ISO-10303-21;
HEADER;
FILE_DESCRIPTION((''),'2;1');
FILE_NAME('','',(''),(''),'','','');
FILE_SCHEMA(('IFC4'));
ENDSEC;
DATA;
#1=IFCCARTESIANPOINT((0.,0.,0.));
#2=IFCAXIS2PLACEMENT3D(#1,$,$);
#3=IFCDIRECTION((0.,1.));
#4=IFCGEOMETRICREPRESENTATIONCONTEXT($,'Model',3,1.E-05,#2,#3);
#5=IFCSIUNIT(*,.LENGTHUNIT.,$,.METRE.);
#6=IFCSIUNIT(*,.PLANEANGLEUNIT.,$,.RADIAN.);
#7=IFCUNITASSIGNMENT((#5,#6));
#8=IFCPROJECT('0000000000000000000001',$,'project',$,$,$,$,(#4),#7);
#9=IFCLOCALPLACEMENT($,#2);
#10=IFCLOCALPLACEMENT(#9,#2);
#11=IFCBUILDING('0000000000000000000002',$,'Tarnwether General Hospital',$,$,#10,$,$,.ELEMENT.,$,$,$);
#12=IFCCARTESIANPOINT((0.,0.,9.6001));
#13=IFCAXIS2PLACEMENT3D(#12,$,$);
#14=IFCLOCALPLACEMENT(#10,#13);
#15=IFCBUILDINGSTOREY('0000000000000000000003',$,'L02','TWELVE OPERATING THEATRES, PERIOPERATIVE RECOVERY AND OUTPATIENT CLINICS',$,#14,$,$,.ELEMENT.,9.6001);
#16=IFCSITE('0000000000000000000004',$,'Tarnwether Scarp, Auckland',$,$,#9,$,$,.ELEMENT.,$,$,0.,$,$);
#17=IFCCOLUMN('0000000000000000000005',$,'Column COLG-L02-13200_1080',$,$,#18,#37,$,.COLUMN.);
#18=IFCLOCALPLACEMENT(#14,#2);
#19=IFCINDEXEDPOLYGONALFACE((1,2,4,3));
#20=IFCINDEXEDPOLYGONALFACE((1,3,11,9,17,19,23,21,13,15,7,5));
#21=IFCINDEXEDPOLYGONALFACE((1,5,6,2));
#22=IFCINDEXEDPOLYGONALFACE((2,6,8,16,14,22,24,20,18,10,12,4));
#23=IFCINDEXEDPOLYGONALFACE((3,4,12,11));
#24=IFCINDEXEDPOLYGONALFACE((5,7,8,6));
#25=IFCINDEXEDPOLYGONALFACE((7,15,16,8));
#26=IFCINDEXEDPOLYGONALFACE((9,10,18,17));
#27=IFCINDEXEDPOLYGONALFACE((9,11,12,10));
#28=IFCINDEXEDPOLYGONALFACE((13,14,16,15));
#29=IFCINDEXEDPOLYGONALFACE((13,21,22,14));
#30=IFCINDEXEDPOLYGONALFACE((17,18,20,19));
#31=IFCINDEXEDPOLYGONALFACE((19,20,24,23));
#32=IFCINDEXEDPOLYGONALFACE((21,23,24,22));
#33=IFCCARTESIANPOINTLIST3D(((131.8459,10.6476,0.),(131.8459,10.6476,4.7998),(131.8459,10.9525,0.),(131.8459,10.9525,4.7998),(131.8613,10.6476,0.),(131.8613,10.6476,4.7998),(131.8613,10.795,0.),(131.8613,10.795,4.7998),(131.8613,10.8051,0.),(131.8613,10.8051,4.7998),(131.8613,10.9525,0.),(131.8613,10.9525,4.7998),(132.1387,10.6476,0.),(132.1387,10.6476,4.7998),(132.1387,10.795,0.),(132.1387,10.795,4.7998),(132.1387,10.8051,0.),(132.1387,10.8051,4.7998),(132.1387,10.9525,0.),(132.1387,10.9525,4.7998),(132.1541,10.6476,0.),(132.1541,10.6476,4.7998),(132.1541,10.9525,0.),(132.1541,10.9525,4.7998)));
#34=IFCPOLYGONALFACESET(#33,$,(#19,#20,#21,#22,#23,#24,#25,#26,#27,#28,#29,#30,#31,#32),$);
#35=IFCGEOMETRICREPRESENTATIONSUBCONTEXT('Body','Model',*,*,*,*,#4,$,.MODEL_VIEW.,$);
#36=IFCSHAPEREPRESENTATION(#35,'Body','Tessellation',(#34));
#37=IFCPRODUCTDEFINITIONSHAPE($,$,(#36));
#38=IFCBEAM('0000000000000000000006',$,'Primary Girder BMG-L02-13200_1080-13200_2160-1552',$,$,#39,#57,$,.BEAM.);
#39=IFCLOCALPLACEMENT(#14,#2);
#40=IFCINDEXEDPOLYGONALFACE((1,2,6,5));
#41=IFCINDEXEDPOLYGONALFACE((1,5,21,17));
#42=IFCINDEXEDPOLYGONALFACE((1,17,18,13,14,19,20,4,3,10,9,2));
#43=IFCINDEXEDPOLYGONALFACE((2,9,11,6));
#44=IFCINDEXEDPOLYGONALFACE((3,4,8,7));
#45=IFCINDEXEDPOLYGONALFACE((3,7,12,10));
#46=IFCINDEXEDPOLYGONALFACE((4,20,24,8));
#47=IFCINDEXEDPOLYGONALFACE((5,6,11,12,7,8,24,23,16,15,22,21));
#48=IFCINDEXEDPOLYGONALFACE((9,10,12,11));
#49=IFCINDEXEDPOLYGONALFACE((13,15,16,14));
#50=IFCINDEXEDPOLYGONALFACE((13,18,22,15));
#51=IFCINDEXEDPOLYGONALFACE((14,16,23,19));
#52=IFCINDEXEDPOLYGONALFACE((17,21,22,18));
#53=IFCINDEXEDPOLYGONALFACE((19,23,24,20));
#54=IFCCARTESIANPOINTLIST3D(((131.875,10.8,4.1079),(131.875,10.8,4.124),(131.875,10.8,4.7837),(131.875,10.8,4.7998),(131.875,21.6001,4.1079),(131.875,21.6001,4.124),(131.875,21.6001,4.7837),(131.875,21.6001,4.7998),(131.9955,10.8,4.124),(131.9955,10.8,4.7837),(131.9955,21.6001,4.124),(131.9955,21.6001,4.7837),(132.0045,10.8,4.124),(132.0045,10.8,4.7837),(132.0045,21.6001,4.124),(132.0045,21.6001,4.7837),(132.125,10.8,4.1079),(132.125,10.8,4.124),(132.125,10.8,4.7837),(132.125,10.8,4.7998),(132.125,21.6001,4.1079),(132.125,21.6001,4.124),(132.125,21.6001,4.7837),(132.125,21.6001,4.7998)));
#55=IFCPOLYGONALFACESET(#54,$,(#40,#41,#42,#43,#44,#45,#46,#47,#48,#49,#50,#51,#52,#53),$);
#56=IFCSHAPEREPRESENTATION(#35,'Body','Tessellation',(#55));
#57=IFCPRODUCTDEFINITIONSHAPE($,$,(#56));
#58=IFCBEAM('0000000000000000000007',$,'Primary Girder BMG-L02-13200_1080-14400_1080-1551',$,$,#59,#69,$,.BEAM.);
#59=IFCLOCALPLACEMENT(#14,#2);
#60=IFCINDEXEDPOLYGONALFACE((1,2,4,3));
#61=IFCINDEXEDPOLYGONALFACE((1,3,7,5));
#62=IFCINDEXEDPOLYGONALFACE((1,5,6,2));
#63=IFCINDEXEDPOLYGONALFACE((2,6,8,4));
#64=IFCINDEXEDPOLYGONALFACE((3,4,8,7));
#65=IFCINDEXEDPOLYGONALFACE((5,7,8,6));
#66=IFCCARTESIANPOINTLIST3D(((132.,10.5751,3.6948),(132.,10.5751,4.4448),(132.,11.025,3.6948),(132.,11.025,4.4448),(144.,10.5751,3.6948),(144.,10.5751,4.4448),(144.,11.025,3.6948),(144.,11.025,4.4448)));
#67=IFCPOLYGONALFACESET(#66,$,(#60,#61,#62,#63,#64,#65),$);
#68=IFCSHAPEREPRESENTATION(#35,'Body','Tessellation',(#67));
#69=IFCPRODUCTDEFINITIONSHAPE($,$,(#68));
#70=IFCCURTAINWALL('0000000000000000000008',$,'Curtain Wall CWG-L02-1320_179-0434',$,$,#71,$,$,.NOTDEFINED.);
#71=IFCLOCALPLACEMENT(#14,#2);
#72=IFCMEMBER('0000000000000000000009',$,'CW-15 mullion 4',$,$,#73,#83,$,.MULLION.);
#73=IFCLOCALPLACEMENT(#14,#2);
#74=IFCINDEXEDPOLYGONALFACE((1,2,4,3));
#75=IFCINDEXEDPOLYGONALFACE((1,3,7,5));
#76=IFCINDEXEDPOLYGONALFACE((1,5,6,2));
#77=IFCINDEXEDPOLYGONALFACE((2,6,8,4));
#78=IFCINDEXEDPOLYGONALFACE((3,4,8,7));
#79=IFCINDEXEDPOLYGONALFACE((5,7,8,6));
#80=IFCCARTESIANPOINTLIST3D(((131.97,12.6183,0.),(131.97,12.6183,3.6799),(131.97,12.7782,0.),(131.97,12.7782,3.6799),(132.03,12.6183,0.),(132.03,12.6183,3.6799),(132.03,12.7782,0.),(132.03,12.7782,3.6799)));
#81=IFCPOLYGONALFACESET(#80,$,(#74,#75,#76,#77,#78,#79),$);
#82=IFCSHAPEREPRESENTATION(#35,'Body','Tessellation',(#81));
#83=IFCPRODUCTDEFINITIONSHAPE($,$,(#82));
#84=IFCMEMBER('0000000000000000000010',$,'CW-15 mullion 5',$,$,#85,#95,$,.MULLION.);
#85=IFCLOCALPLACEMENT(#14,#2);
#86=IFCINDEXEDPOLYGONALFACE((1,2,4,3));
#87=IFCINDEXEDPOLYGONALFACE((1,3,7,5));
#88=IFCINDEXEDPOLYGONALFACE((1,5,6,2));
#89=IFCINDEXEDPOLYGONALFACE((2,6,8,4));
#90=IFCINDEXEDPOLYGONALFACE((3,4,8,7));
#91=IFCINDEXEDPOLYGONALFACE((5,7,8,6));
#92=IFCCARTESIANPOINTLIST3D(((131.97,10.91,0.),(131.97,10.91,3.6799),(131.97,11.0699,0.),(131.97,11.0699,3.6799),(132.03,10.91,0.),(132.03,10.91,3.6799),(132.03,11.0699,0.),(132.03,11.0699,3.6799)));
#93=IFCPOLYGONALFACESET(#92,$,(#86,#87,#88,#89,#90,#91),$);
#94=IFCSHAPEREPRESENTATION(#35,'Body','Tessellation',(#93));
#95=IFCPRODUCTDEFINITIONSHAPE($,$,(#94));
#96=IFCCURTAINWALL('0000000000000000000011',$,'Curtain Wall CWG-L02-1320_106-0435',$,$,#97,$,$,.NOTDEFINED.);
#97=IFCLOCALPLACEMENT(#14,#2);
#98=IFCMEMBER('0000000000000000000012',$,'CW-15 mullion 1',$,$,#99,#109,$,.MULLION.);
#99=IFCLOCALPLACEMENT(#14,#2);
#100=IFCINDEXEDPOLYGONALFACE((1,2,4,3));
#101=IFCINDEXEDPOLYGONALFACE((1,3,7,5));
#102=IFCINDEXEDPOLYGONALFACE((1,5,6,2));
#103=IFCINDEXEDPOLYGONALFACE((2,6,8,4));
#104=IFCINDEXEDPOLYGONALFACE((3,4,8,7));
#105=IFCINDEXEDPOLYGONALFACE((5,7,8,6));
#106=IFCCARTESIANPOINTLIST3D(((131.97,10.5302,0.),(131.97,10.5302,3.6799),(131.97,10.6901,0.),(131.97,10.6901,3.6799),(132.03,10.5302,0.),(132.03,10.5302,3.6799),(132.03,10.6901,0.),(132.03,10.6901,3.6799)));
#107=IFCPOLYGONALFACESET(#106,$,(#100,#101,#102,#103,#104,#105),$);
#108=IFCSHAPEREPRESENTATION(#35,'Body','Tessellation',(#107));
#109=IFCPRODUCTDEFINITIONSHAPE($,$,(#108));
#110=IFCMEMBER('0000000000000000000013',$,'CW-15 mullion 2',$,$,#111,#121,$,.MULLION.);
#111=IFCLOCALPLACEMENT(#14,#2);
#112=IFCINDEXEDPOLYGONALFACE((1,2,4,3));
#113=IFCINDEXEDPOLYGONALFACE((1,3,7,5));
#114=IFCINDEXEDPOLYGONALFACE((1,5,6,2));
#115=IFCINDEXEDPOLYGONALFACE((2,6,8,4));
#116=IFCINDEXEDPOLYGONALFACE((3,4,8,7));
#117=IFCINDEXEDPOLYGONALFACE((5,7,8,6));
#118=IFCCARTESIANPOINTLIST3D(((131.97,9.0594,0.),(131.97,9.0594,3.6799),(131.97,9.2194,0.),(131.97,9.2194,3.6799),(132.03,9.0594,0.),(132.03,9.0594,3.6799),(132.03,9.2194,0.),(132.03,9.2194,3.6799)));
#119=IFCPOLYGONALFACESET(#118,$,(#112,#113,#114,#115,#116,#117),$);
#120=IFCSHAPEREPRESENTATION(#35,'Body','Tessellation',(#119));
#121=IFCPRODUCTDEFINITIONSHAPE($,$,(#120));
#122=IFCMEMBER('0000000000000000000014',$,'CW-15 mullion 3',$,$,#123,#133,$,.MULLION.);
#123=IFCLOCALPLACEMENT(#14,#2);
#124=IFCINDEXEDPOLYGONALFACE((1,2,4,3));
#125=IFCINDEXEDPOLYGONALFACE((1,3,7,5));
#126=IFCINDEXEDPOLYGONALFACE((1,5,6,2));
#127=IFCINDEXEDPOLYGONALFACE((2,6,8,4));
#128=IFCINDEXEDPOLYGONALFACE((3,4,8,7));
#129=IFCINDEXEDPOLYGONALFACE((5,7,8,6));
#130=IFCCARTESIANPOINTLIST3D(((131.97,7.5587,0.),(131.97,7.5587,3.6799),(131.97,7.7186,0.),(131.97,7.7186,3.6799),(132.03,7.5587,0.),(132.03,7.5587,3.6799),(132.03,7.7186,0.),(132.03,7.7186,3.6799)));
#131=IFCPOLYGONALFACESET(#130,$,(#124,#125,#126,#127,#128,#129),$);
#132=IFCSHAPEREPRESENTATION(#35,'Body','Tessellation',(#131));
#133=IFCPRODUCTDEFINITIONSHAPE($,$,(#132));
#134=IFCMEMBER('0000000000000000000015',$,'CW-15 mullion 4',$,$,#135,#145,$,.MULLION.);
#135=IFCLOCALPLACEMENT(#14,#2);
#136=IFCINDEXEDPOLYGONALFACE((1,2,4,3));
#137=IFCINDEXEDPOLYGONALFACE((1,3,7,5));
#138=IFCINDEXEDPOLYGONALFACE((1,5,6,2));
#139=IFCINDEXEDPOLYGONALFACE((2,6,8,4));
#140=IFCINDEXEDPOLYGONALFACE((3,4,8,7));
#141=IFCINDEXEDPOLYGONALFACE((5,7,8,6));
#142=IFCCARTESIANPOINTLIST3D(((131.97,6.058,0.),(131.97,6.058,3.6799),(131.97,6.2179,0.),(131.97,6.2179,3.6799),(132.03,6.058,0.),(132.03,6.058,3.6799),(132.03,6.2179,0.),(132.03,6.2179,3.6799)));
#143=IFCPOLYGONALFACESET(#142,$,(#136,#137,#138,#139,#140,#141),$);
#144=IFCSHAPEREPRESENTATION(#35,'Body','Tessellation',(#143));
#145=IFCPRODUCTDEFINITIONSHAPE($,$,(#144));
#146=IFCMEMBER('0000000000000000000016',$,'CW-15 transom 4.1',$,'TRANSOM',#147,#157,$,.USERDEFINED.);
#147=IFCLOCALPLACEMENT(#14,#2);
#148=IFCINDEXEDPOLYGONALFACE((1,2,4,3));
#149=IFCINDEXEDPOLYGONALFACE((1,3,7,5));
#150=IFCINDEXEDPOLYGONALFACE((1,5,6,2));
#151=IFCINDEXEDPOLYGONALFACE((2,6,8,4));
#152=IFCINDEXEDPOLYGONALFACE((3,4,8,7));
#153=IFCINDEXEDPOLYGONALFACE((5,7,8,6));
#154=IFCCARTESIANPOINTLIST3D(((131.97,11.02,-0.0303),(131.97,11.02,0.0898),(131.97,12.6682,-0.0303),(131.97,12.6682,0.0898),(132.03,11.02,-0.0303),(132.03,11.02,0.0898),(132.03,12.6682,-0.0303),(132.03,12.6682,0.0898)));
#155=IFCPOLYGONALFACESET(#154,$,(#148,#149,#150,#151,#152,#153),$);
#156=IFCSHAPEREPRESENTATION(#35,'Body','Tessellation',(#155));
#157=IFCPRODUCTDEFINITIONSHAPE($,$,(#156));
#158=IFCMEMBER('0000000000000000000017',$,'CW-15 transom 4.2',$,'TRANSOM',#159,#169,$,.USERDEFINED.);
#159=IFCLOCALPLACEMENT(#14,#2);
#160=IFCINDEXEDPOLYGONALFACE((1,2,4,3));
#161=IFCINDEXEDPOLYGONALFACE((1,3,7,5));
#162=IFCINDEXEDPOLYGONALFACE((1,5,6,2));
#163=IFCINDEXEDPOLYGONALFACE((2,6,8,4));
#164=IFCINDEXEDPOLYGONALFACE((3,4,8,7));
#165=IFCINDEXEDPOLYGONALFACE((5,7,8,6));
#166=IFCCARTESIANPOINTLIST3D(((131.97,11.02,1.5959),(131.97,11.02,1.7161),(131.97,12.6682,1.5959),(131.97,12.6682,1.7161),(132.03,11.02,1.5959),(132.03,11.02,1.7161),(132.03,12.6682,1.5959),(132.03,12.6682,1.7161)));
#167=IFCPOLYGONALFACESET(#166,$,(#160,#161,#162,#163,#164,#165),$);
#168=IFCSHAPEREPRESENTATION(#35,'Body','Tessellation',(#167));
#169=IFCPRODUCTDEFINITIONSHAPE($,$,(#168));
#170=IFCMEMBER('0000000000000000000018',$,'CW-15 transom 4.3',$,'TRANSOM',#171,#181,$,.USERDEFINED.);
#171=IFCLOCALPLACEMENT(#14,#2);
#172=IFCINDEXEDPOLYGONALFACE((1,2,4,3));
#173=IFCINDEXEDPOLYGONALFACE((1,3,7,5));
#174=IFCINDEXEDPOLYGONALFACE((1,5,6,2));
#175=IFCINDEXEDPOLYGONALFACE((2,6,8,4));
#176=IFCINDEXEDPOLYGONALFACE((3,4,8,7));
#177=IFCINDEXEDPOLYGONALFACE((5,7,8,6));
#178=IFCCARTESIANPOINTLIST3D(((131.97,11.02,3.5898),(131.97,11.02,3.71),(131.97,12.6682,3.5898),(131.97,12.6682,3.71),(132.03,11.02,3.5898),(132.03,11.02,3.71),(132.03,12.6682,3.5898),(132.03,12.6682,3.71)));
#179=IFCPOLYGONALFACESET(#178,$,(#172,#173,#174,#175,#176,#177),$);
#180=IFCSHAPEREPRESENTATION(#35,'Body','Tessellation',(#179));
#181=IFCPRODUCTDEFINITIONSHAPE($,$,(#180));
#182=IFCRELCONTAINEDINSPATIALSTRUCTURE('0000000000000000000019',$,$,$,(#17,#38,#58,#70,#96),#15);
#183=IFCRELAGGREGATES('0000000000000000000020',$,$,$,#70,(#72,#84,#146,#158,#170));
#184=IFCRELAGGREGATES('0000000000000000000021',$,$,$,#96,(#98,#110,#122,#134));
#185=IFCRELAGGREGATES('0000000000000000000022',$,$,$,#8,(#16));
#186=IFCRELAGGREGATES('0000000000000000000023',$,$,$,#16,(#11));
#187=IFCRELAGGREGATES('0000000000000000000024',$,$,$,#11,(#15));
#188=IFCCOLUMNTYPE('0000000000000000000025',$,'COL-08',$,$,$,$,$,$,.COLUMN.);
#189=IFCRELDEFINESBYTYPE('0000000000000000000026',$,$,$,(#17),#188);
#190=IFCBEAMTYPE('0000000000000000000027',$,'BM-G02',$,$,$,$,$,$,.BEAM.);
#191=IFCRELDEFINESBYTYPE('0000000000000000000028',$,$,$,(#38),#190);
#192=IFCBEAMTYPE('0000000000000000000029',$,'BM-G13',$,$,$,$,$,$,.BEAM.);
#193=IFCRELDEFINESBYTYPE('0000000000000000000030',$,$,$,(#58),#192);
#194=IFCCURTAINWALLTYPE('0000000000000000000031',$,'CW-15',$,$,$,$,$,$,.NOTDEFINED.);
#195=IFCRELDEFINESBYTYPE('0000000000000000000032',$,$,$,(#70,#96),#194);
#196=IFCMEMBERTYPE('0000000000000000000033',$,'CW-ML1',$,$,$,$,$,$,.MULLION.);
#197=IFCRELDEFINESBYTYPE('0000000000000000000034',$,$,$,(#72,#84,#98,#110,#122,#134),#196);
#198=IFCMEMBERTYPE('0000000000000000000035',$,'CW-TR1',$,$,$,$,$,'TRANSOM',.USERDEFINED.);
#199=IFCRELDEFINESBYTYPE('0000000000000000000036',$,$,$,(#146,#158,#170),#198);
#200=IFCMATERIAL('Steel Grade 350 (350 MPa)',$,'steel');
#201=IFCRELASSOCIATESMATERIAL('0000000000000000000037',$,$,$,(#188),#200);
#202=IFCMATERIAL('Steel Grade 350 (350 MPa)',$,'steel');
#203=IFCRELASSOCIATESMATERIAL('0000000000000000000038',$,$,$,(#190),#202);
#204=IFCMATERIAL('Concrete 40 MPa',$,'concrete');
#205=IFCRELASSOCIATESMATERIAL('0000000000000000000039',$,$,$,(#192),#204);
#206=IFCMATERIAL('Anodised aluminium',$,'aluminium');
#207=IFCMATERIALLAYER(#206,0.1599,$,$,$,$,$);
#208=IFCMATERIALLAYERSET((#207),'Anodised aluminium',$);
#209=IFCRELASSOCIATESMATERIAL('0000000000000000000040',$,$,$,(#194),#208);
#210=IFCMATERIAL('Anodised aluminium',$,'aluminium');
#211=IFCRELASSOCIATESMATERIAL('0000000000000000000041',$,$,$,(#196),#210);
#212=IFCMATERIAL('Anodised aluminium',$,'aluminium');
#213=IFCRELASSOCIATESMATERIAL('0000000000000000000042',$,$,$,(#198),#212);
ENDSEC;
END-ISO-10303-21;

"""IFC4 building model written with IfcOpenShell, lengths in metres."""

from ifc_helpers import new_model, si_unit, direction, frame, origin, origin_2d, place, context, subcontext, project, spatial, rectangle, i_section, extrude, material, layer, layer_set, material_profile, profile_set, type_object, element, aggregate, save


model = new_model("IFC4")

# Units and contexts
model_context = context("Model", 3, precision=1e-05, world=origin(), true_north=direction((0.0, 1.0)))
body_context = subcontext(model_context, "Body", "Model", "MODEL_VIEW")
ifc_project = project(units=[si_unit("LENGTHUNIT", "METRE"), si_unit("PLANEANGLEUNIT", "RADIAN")], contexts=[model_context])

# Site, building, storey
site_placement = place(None, origin())
site = spatial("IfcSite", under=ifc_project, at=site_placement, Name="Tarnwether Scarp, Auckland", CompositionType="ELEMENT", RefElevation=0.0)
building_placement = place(site_placement, origin())
building = spatial("IfcBuilding", under=site, at=building_placement, Name="Tarnwether General Hospital", CompositionType="ELEMENT")
storey_placement = place(building_placement, frame((0.0, 0.0, 9.6001)))
storey = spatial("IfcBuildingStorey", under=building, at=storey_placement, Name="L02", Description="TWELVE OPERATING THEATRES, PERIOPERATIVE RECOVERY AND OUTPATIENT CLINICS", CompositionType="ELEMENT", Elevation=9.6001)

# Column
ifc_material_1 = material(Name="Steel Grade 350 (350 MPa)", Category="steel")
ifc_material_profile_1 = material_profile(ifc_material_1, i_section(OverallWidth=0.3049, OverallDepth=0.3081, WebThickness=0.01, FlangeThickness=0.0154, at=origin_2d()), Name="310UC96.8")
ifc_profile_set_1 = profile_set([ifc_material_profile_1], Name="Steel Grade 350 (350 MPa)")
column_type = type_object("IfcColumnType", Name="COL-08", PredefinedType="COLUMN", material=ifc_profile_set_1)
column_placement = place(storey_placement, frame((132.0, 10.8, 0.0), z_axis=(0.0, 0.0, 1.0), x_axis=(0.0, 1.0, 0.0)))
element("IfcColumn", 1, at=column_placement, inside=storey, type_object=column_type, Name="Column COLG-L02-13200_1080", PredefinedType="COLUMN", context=body_context, shape_type="SweptSolid", body=[
    extrude(i_section(OverallWidth=0.3049, OverallDepth=0.3081, WebThickness=0.01, FlangeThickness=0.0154, at=origin_2d()), origin(), (0.0, 0.0, 1.0), 4.7998),
])

# Beams
ifc_material_2 = material(Name="Steel Grade 350 (350 MPa)", Category="steel")
ifc_material_profile_2 = material_profile(ifc_material_2, i_section(OverallWidth=0.25, OverallDepth=0.6919, WebThickness=0.009, FlangeThickness=0.0161, at=origin_2d()), Name="700WB115")
ifc_profile_set_2 = profile_set([ifc_material_profile_2], Name="Steel Grade 350 (350 MPa)")
beam_type_1 = type_object("IfcBeamType", Name="BM-G02", PredefinedType="BEAM", material=ifc_profile_set_2)
beam_1_placement = place(storey_placement, frame((132.0, 10.8, 4.4539), z_axis=(0.0, 1.0, 0.0), x_axis=(-1.0, 0.0, 0.0)))
element("IfcBeam", 2, at=beam_1_placement, inside=storey, type_object=beam_type_1, Name="Primary Girder BMG-L02-13200_1080-13200_2160-1552", PredefinedType="BEAM", context=body_context, shape_type="SweptSolid", body=[
    extrude(i_section(OverallWidth=0.25, OverallDepth=0.6919, WebThickness=0.009, FlangeThickness=0.0161, at=origin_2d()), origin(), (0.0, 0.0, 1.0), 10.8),
])
ifc_material_3 = material(Name="Concrete 40 MPa", Category="concrete")
ifc_material_profile_3 = material_profile(ifc_material_3, rectangle(XDim=0.45, YDim=0.75, at=origin_2d()), Name="RC-BM-450x750")
ifc_profile_set_3 = profile_set([ifc_material_profile_3], Name="Concrete 40 MPa")
beam_type_2 = type_object("IfcBeamType", Name="BM-G13", PredefinedType="BEAM", material=ifc_profile_set_3)
beam_2_placement = place(storey_placement, frame((132.0, 10.8, 4.0698), z_axis=(1.0, 0.0, 0.0), x_axis=(0.0, 1.0, 0.0)))
element("IfcBeam", 3, at=beam_2_placement, inside=storey, type_object=beam_type_2, Name="Primary Girder BMG-L02-13200_1080-14400_1080-1551", PredefinedType="BEAM", context=body_context, shape_type="SweptSolid", body=[
    extrude(rectangle(XDim=0.45, YDim=0.75, at=origin_2d()), origin(), (0.0, 0.0, 1.0), 12.0),
])

# Curtain walls, members
ifc_material_4 = material(Name="Anodised aluminium", Category="aluminium")
ifc_layer_1 = layer(ifc_material_4, 0.1599)
ifc_layer_set_1 = layer_set([ifc_layer_1], Name="Anodised aluminium")
curtain_wall_type = type_object("IfcCurtainWallType", Name="CW-15", PredefinedType="NOTDEFINED", material=ifc_layer_set_1)
curtain_wall_1_placement = place(storey_placement, origin())
curtain_wall_1 = element("IfcCurtainWall", 4, at=curtain_wall_1_placement, inside=storey, type_object=curtain_wall_type, Name="Curtain Wall CWG-L02-1320_179-0434", PredefinedType="NOTDEFINED")
ifc_material_5 = material(Name="Anodised aluminium", Category="aluminium")
ifc_material_profile_4 = material_profile(ifc_material_5, rectangle(XDim=0.0601, YDim=0.1599, at=origin_2d()), Name="ALU-MUL-60x160")
ifc_profile_set_4 = profile_set([ifc_material_profile_4], Name="Anodised aluminium")
member_type_1 = type_object("IfcMemberType", Name="CW-ML1", PredefinedType="MULLION", material=ifc_profile_set_4)
member_1_placement = place(storey_placement, frame((132.0, 12.6982, 0.0), z_axis=(0.0, 0.0, 1.0), x_axis=(1.0, 0.0, 0.0)))
member_1 = element("IfcMember", 5, at=member_1_placement, type_object=member_type_1, Name="CW-15 mullion 4", PredefinedType="MULLION", context=body_context, shape_type="SweptSolid", body=[
    extrude(rectangle(XDim=0.0601, YDim=0.1599, at=origin_2d()), origin(), (0.0, 0.0, 1.0), 3.6799),
])
member_2_placement = place(storey_placement, frame((132.0, 10.99, 0.0), z_axis=(0.0, 0.0, 1.0), x_axis=(1.0, 0.0, 0.0)))
member_2 = element("IfcMember", 6, at=member_2_placement, type_object=member_type_1, Name="CW-15 mullion 5", PredefinedType="MULLION", context=body_context, shape_type="SweptSolid", body=[
    extrude(rectangle(XDim=0.0601, YDim=0.1599, at=origin_2d()), origin(), (0.0, 0.0, 1.0), 3.6799),
])
curtain_wall_2_placement = place(storey_placement, origin())
curtain_wall_2 = element("IfcCurtainWall", 7, at=curtain_wall_2_placement, inside=storey, type_object=curtain_wall_type, Name="Curtain Wall CWG-L02-1320_106-0435", PredefinedType="NOTDEFINED")
member_3_placement = place(storey_placement, frame((132.0, 10.6101, 0.0), z_axis=(0.0, 0.0, 1.0), x_axis=(1.0, 0.0, 0.0)))
member_3 = element("IfcMember", 8, at=member_3_placement, type_object=member_type_1, Name="CW-15 mullion 1", PredefinedType="MULLION", context=body_context, shape_type="SweptSolid", body=[
    extrude(rectangle(XDim=0.0601, YDim=0.1599, at=origin_2d()), origin(), (0.0, 0.0, 1.0), 3.6799),
])
member_4_placement = place(storey_placement, frame((132.0, 9.1394, 0.0), z_axis=(0.0, 0.0, 1.0), x_axis=(1.0, 0.0, 0.0)))
member_4 = element("IfcMember", 9, at=member_4_placement, type_object=member_type_1, Name="CW-15 mullion 2", PredefinedType="MULLION", context=body_context, shape_type="SweptSolid", body=[
    extrude(rectangle(XDim=0.0601, YDim=0.1599, at=origin_2d()), origin(), (0.0, 0.0, 1.0), 3.6799),
])
member_5_placement = place(storey_placement, frame((132.0, 7.6387, 0.0), z_axis=(0.0, 0.0, 1.0), x_axis=(1.0, 0.0, 0.0)))
member_5 = element("IfcMember", 10, at=member_5_placement, type_object=member_type_1, Name="CW-15 mullion 3", PredefinedType="MULLION", context=body_context, shape_type="SweptSolid", body=[
    extrude(rectangle(XDim=0.0601, YDim=0.1599, at=origin_2d()), origin(), (0.0, 0.0, 1.0), 3.6799),
])
member_6_placement = place(storey_placement, frame((132.0, 6.1379, 0.0), z_axis=(0.0, 0.0, 1.0), x_axis=(1.0, 0.0, 0.0)))
member_6 = element("IfcMember", 11, at=member_6_placement, type_object=member_type_1, Name="CW-15 mullion 4", PredefinedType="MULLION", context=body_context, shape_type="SweptSolid", body=[
    extrude(rectangle(XDim=0.0601, YDim=0.1599, at=origin_2d()), origin(), (0.0, 0.0, 1.0), 3.6799),
])

# Members
ifc_material_6 = material(Name="Anodised aluminium", Category="aluminium")
ifc_material_profile_5 = material_profile(ifc_material_6, rectangle(XDim=0.0601, YDim=0.1201, at=origin_2d()), Name="ALU-TRN-60x120")
ifc_profile_set_5 = profile_set([ifc_material_profile_5], Name="Anodised aluminium")
member_type_2 = type_object("IfcMemberType", Name="CW-TR1", ElementType="TRANSOM", PredefinedType="USERDEFINED", material=ifc_profile_set_5)
member_7_placement = place(storey_placement, frame((132.0, 12.6682, 0.0298), z_axis=(0.0, -1.0, 0.0), x_axis=(1.0, 0.0, 0.0)))
member_7 = element("IfcMember", 12, at=member_7_placement, type_object=member_type_2, Name="CW-15 transom 4.1", ObjectType="TRANSOM", PredefinedType="USERDEFINED", context=body_context, shape_type="SweptSolid", body=[
    extrude(rectangle(XDim=0.0601, YDim=0.1201, at=origin_2d()), origin(), (0.0, 0.0, 1.0), 1.6482),
])
member_8_placement = place(storey_placement, frame((132.0, 12.6682, 1.656), z_axis=(0.0, -1.0, 0.0), x_axis=(1.0, 0.0, 0.0)))
member_8 = element("IfcMember", 13, at=member_8_placement, type_object=member_type_2, Name="CW-15 transom 4.2", ObjectType="TRANSOM", PredefinedType="USERDEFINED", context=body_context, shape_type="SweptSolid", body=[
    extrude(rectangle(XDim=0.0601, YDim=0.1201, at=origin_2d()), origin(), (0.0, 0.0, 1.0), 1.6482),
])
member_9_placement = place(storey_placement, frame((132.0, 12.6682, 3.6499), z_axis=(0.0, -1.0, 0.0), x_axis=(1.0, 0.0, 0.0)))
member_9 = element("IfcMember", 14, at=member_9_placement, type_object=member_type_2, Name="CW-15 transom 4.3", ObjectType="TRANSOM", PredefinedType="USERDEFINED", context=body_context, shape_type="SweptSolid", body=[
    extrude(rectangle(XDim=0.0601, YDim=0.1201, at=origin_2d()), origin(), (0.0, 0.0, 1.0), 1.6482),
])

aggregate(curtain_wall_1, [member_1, member_2, member_7, member_8, member_9])
aggregate(curtain_wall_2, [member_3, member_4, member_5, member_6])

save(model, "model.ifc")
